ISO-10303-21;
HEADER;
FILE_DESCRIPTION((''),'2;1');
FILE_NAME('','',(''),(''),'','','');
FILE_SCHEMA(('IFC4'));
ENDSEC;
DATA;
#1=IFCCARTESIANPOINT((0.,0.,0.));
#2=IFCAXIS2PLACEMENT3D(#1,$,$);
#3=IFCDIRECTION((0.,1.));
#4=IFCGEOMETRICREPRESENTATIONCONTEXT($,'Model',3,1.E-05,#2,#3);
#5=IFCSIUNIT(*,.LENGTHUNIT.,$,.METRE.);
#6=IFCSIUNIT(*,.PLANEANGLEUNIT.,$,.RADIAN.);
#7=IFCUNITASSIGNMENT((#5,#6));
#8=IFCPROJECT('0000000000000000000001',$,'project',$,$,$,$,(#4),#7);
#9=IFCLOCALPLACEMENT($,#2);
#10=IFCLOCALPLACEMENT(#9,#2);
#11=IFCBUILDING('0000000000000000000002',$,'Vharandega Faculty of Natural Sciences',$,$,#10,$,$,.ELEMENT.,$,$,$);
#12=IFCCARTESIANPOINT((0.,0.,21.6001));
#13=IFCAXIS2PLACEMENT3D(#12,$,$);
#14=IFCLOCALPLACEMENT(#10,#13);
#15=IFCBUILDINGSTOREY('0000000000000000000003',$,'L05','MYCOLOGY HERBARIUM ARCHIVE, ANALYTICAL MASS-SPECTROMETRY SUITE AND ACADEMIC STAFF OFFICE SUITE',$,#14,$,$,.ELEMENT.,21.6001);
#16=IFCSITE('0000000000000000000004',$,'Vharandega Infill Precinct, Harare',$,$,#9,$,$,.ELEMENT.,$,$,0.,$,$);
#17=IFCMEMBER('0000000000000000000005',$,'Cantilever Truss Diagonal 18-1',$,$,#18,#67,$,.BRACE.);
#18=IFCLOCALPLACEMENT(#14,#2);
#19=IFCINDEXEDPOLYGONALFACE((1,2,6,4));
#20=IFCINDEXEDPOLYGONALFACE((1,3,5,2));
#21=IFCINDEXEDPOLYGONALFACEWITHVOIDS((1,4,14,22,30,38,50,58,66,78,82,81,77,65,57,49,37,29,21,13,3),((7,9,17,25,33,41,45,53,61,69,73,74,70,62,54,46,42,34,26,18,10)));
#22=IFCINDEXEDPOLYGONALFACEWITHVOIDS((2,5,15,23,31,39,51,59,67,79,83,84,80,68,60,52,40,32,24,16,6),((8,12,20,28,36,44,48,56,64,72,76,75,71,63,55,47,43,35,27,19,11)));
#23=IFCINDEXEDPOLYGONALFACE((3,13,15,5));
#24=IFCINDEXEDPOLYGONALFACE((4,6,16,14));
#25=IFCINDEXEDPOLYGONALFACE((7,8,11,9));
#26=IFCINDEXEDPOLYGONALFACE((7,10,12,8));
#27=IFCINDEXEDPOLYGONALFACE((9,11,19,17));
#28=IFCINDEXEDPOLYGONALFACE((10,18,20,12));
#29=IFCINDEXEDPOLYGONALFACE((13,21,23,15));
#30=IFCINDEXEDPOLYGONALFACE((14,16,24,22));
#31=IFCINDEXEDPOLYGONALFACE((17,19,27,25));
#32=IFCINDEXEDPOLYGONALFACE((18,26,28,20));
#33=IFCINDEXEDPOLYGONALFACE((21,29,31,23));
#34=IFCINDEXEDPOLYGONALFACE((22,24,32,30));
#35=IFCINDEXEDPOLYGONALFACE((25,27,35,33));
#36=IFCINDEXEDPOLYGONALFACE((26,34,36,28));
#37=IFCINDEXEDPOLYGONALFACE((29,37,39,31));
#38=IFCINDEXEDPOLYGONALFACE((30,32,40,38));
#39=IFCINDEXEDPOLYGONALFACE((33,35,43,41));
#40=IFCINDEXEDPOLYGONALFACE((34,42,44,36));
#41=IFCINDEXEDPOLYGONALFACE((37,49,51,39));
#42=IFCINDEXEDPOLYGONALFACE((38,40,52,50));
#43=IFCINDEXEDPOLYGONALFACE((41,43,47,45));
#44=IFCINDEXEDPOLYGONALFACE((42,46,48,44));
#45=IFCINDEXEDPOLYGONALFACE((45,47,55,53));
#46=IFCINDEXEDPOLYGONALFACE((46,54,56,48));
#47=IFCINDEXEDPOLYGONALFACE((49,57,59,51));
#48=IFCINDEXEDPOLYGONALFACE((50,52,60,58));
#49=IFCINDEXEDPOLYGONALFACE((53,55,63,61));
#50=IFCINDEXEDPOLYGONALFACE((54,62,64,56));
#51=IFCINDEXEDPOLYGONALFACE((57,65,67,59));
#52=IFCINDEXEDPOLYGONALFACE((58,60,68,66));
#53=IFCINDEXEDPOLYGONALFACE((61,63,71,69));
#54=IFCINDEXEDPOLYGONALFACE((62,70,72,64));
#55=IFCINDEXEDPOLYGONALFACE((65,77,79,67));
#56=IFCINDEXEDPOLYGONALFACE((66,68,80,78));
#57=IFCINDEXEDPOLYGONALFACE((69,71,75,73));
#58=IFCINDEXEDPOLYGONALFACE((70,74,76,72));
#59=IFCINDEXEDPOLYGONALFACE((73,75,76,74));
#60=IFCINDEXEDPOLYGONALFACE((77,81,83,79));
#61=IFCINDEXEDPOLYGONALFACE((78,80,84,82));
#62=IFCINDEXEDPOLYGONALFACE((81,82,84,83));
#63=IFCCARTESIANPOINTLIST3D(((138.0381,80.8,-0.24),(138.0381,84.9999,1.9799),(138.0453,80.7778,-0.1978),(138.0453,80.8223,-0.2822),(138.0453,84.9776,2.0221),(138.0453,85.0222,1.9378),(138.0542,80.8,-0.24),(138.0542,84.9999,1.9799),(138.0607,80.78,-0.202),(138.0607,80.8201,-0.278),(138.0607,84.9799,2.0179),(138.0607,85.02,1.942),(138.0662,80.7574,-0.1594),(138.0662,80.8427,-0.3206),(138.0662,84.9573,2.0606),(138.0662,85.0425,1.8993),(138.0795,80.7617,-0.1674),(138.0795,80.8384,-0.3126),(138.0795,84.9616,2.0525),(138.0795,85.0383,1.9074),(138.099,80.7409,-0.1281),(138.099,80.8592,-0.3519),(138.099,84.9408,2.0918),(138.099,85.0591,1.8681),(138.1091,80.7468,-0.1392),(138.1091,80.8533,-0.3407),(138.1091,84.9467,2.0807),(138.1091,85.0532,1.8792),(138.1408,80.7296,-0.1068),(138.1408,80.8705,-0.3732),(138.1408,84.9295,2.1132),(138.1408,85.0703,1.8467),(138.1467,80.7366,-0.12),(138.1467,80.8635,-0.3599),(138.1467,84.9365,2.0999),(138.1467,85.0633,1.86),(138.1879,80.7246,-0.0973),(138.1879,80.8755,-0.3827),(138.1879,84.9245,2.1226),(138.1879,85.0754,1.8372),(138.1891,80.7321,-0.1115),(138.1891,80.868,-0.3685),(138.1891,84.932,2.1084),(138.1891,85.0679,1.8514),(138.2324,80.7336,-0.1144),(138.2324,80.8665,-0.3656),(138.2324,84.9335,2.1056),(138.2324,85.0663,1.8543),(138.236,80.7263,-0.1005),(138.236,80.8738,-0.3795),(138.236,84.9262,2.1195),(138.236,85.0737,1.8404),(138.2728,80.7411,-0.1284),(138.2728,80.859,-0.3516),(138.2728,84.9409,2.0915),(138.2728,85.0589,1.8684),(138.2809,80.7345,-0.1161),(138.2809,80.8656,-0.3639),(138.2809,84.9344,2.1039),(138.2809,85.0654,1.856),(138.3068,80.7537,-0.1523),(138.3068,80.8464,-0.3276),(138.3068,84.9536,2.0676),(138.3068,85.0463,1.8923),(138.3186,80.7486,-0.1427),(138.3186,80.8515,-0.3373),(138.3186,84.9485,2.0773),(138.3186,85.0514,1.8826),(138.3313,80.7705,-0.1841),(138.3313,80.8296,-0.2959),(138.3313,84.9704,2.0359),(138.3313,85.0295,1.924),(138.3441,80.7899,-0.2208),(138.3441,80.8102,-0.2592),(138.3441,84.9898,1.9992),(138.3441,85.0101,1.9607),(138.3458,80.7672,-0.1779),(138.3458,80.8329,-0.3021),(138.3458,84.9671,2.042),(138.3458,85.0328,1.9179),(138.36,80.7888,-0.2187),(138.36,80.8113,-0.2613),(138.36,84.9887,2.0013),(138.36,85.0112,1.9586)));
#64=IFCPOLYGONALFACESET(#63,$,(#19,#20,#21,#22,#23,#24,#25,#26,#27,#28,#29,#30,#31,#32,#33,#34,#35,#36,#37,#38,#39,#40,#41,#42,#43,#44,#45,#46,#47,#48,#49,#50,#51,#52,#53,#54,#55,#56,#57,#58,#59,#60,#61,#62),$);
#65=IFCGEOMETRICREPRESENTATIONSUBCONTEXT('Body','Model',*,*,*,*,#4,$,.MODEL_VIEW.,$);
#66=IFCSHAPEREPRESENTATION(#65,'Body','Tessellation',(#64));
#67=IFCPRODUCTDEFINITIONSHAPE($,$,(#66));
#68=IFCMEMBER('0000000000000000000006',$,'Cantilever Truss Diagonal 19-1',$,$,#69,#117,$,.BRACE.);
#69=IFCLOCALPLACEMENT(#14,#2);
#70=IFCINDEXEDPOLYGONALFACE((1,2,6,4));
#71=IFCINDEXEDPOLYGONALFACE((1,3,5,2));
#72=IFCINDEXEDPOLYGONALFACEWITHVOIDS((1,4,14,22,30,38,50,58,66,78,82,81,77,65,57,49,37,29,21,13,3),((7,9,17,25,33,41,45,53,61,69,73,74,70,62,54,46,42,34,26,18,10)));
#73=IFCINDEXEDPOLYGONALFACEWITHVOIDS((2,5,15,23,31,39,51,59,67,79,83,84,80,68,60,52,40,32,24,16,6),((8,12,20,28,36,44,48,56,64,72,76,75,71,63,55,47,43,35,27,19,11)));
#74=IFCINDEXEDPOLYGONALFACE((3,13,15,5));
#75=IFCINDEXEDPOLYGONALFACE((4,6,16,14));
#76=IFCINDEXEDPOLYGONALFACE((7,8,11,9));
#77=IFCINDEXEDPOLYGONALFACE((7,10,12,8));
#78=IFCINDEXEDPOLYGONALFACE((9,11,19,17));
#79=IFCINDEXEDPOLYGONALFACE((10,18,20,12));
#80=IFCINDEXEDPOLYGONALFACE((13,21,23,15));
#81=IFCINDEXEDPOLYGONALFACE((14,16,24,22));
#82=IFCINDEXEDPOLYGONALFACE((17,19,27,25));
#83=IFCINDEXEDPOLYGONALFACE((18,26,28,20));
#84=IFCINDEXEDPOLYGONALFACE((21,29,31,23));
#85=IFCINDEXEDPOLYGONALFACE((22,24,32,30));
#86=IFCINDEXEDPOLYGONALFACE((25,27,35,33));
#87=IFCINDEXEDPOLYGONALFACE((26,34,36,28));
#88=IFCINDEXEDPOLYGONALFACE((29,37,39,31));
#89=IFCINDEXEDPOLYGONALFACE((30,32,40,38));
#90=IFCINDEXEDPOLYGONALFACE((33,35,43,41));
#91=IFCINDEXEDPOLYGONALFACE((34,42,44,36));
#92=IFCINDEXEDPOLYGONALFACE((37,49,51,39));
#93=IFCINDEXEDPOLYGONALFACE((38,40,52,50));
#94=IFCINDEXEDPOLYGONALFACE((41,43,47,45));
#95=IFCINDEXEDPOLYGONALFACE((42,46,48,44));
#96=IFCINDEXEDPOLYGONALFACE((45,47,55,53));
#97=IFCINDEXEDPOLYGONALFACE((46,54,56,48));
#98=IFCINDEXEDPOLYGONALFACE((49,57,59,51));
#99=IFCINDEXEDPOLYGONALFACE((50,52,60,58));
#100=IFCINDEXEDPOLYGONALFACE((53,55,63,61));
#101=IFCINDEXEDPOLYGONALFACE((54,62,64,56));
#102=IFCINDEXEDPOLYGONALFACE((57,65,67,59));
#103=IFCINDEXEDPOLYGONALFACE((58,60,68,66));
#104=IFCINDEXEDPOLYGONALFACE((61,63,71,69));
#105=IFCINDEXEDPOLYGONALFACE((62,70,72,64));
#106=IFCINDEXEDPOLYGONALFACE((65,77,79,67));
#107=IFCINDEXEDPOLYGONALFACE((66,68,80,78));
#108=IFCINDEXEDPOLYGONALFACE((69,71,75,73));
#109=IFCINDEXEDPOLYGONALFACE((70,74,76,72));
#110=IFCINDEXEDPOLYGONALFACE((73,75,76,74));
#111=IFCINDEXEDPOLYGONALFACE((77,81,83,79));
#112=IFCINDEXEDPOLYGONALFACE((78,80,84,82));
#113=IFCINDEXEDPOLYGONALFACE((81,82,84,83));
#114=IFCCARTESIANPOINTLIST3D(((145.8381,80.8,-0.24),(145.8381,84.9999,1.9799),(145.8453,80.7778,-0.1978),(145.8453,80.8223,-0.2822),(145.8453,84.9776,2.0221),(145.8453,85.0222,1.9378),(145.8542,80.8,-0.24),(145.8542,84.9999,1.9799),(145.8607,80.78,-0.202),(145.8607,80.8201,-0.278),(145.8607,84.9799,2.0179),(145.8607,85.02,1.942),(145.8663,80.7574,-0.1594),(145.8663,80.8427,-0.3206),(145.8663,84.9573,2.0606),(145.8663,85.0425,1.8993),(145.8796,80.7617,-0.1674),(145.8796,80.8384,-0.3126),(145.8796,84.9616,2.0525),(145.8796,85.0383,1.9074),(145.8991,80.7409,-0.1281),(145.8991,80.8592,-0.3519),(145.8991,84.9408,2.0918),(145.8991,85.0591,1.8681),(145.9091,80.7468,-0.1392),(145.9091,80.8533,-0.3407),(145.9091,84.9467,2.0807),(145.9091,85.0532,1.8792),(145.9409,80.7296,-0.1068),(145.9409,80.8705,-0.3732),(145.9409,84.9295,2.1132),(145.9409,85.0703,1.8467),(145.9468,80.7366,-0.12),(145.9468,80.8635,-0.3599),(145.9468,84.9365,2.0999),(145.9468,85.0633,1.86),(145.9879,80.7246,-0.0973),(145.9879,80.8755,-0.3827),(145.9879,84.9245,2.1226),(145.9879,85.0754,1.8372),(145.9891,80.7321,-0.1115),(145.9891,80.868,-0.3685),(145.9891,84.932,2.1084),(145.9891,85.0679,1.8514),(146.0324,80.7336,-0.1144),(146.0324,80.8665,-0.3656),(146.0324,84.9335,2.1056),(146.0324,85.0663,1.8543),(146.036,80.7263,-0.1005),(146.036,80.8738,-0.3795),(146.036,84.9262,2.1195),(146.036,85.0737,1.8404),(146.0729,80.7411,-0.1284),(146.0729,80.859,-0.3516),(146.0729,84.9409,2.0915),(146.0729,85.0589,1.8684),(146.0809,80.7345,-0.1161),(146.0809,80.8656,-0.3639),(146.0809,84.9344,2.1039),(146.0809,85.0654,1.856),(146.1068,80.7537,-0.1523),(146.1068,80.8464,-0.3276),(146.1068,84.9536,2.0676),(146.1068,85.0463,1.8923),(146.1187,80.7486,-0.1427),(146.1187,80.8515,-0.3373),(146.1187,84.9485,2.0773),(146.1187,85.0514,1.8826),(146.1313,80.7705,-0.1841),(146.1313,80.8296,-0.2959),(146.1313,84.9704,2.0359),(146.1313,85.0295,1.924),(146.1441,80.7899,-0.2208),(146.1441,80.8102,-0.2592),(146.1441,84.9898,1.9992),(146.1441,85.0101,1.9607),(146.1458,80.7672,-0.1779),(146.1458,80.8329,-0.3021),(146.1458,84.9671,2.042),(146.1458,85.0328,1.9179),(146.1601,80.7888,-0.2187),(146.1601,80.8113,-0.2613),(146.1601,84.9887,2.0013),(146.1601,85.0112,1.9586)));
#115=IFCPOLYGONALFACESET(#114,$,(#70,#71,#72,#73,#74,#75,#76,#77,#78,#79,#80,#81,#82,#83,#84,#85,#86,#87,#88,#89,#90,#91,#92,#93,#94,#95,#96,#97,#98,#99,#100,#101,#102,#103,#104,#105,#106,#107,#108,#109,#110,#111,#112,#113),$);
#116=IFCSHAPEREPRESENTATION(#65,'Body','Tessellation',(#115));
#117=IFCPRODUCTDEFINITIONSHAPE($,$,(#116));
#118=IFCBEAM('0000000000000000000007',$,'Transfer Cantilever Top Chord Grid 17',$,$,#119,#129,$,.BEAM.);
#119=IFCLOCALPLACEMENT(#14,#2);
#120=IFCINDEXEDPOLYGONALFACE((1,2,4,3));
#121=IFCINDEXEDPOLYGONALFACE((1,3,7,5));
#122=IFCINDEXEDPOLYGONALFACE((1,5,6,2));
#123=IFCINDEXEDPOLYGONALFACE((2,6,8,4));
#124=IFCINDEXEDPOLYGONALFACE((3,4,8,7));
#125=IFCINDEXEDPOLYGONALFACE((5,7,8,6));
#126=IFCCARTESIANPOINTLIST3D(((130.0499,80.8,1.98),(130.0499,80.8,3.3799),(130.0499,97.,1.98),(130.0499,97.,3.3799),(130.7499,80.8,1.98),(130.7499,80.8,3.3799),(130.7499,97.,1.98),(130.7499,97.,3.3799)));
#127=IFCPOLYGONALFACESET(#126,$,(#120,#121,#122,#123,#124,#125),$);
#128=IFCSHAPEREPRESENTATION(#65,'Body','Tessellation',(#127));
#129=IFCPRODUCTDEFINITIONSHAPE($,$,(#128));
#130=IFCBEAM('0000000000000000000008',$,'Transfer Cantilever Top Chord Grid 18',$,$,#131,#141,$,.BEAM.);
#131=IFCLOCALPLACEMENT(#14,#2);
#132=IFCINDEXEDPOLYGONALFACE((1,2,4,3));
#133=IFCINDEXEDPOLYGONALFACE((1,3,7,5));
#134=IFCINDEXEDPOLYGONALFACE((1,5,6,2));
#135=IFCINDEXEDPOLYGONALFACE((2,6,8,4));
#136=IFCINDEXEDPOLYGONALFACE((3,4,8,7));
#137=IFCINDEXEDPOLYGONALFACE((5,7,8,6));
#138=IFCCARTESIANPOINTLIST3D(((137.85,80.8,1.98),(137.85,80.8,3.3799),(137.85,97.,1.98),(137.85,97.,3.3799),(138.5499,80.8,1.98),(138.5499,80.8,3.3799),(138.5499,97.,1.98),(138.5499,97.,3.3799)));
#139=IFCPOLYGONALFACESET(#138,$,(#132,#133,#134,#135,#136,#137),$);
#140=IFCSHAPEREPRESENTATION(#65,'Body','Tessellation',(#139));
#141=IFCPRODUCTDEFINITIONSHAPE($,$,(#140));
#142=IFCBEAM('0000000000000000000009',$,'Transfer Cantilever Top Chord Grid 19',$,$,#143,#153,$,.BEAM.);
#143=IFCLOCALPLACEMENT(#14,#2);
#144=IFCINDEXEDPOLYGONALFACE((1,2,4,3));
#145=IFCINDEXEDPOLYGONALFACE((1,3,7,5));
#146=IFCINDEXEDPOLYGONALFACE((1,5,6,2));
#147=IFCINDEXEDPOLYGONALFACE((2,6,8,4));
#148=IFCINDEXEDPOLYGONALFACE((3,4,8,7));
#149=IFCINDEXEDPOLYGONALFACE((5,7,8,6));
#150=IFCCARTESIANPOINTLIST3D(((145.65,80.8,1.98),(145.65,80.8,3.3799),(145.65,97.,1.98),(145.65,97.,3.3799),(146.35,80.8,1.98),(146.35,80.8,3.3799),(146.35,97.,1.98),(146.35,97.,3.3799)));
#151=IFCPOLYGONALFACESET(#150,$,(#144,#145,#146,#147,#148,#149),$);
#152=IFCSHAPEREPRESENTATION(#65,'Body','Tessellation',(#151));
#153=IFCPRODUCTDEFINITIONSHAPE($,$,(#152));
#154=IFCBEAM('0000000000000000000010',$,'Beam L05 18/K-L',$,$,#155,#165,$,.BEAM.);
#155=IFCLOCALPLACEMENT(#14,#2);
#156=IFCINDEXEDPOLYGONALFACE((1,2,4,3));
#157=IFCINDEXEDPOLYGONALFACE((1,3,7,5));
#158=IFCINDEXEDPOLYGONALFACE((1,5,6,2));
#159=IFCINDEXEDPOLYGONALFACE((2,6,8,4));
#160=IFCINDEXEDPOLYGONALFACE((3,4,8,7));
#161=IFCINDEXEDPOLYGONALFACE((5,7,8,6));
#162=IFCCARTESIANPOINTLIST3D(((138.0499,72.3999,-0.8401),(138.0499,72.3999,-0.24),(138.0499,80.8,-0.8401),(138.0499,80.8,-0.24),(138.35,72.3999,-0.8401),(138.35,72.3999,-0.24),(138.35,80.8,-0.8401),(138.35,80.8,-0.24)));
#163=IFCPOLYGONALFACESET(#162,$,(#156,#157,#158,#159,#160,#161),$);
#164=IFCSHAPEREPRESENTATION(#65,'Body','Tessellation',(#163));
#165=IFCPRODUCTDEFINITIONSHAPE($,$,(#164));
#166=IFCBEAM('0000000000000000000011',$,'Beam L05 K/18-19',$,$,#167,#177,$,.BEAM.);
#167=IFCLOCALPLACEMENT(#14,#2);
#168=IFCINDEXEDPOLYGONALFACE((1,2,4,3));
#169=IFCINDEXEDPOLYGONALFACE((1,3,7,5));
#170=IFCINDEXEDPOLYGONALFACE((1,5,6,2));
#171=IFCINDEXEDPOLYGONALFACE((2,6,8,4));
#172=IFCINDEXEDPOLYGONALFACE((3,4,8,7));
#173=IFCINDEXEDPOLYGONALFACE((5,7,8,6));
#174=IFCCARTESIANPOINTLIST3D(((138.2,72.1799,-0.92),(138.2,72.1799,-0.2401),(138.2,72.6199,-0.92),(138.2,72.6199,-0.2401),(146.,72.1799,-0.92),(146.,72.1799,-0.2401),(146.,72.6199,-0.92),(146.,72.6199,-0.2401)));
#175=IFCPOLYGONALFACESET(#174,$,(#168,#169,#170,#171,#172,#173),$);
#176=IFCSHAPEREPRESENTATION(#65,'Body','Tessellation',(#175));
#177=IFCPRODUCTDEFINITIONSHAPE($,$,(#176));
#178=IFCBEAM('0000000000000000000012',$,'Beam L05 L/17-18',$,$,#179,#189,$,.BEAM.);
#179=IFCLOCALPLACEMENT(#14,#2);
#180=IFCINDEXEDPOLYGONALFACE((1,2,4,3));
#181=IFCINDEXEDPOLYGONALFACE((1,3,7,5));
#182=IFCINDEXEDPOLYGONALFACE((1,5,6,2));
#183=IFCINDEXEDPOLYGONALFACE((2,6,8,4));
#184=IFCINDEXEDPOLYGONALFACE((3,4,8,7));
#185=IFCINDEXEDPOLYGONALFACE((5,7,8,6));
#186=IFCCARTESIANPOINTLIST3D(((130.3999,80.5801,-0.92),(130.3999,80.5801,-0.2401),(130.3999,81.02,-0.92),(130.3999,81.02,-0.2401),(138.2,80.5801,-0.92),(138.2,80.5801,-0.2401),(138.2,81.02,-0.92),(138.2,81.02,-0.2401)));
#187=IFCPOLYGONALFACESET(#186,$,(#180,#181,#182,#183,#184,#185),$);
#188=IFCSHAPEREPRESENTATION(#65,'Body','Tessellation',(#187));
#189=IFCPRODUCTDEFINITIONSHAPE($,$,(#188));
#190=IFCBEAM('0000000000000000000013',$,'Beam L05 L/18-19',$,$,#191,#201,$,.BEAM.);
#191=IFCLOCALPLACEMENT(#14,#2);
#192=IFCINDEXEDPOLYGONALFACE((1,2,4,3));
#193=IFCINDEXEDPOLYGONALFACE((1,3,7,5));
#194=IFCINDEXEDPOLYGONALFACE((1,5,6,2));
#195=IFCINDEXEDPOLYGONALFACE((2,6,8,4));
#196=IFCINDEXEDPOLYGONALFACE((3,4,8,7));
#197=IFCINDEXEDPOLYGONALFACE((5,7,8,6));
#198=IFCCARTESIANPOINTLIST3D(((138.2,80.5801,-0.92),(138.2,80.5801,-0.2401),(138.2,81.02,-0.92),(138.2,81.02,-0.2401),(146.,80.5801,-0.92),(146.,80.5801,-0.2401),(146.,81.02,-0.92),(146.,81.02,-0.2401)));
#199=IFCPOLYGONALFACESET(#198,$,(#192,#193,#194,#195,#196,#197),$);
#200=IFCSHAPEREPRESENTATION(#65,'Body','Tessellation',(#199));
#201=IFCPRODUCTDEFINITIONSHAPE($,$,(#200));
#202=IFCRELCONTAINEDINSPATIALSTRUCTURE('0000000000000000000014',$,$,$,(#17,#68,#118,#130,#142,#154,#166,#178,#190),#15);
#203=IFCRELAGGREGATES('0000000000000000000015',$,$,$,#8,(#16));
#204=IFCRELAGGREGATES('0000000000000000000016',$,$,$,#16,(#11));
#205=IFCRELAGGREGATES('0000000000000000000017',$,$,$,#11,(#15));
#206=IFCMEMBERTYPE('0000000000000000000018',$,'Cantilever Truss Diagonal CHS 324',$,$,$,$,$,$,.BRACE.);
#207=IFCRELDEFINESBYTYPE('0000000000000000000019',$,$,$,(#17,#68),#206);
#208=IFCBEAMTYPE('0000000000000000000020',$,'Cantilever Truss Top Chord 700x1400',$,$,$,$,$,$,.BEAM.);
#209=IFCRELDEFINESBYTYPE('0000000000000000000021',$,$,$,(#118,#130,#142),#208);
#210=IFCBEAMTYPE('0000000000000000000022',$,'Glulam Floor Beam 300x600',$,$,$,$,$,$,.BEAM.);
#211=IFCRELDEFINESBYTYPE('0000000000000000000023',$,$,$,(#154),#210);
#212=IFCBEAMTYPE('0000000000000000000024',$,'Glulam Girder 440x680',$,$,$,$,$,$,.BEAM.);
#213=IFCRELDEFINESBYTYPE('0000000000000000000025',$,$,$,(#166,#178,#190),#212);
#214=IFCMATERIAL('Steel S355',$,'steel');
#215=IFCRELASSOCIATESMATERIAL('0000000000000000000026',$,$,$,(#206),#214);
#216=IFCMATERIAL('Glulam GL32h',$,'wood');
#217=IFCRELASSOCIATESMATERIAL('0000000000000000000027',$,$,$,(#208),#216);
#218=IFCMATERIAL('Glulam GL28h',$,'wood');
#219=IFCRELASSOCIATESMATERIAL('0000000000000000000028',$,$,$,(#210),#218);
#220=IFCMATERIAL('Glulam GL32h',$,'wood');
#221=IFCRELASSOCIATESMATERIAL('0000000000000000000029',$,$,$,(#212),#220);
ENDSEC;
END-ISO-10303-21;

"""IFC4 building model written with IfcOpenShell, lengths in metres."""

from ifc_helpers import new_model, si_unit, direction, frame, origin, origin_2d, place, context, subcontext, project, spatial, rectangle, hollow_circle, extrude, material, material_profile, profile_set, type_object, element, save


model = new_model("IFC4")

# Units and contexts
model_context = context("Model", 3, precision=1e-05, world=origin(), true_north=direction((0.0, 1.0)))
body_context = subcontext(model_context, "Body", "Model", "MODEL_VIEW")
ifc_project = project(units=[si_unit("LENGTHUNIT", "METRE"), si_unit("PLANEANGLEUNIT", "RADIAN")], contexts=[model_context])

# Site, building, storey
site_placement = place(None, origin())
site = spatial("IfcSite", under=ifc_project, at=site_placement, Name="Vharandega Infill Precinct, Harare", CompositionType="ELEMENT", RefElevation=0.0)
building_placement = place(site_placement, origin())
building = spatial("IfcBuilding", under=site, at=building_placement, Name="Vharandega Faculty of Natural Sciences", CompositionType="ELEMENT")
storey_placement = place(building_placement, frame((0.0, 0.0, 21.6001)))
storey = spatial("IfcBuildingStorey", under=building, at=storey_placement, Name="L05", Description="MYCOLOGY HERBARIUM ARCHIVE, ANALYTICAL MASS-SPECTROMETRY SUITE AND ACADEMIC STAFF OFFICE SUITE", CompositionType="ELEMENT", Elevation=21.6001)

# Members
ifc_material_1 = material(Name="Steel S355", Category="steel")
ifc_material_profile_1 = material_profile(ifc_material_1, hollow_circle(Radius=0.1619, WallThickness=0.0161, at=origin_2d()), Name="CHS 323.9x16")
ifc_profile_set_1 = profile_set([ifc_material_profile_1], Name="Steel S355")
member_type = type_object("IfcMemberType", Name="Cantilever Truss Diagonal CHS 324", PredefinedType="BRACE", material=ifc_profile_set_1)
for number, where, z_axis, x_axis, name in (
    (1, (138.2, 80.8, -0.24), (0.0, 0.884095, 0.467307), (-1.0, 0.0, 0.0), "Cantilever Truss Diagonal 18-1"),
    (2, (146.0, 80.8, -0.24), (0.0, 0.884095, 0.467307), (-1.0, 0.0, 0.0), "Cantilever Truss Diagonal 19-1"),
):
    element("IfcMember", number, at=place(storey_placement, frame(where, z_axis=z_axis, x_axis=x_axis)), inside=storey, type_object=member_type, Name=name, PredefinedType="BRACE", context=body_context, shape_type="SweptSolid", body=[
        extrude(hollow_circle(Radius=0.1619, WallThickness=0.0161, at=origin_2d()), origin(), (0.0, 0.0, 1.0), 4.7505),
    ])

# Beams
ifc_material_2 = material(Name="Glulam GL32h", Category="wood")
ifc_material_profile_2 = material_profile(ifc_material_2, rectangle(XDim=0.7, YDim=1.3999, at=origin_2d()), Name="GL32h 700x1400")
ifc_profile_set_2 = profile_set([ifc_material_profile_2], Name="Glulam GL32h")
beam_type_1 = type_object("IfcBeamType", Name="Cantilever Truss Top Chord 700x1400", PredefinedType="BEAM", material=ifc_profile_set_2)
for number, where, z_axis, x_axis, name in (
    (3, (130.3999, 80.8, 2.6799), (0.0, 1.0, 0.0), (-1.0, 0.0, 0.0), "Transfer Cantilever Top Chord Grid 17"),
    (4, (138.2, 80.8, 2.6799), (0.0, 1.0, 0.0), (-1.0, 0.0, 0.0), "Transfer Cantilever Top Chord Grid 18"),
    (5, (146.0, 80.8, 2.6799), (0.0, 1.0, 0.0), (-1.0, 0.0, 0.0), "Transfer Cantilever Top Chord Grid 19"),
):
    element("IfcBeam", number, at=place(storey_placement, frame(where, z_axis=z_axis, x_axis=x_axis)), inside=storey, type_object=beam_type_1, Name=name, PredefinedType="BEAM", context=body_context, shape_type="SweptSolid", body=[
        extrude(rectangle(XDim=0.7, YDim=1.3999, at=origin_2d()), origin(), (0.0, 0.0, 1.0), 16.2),
    ])
ifc_material_3 = material(Name="Glulam GL28h", Category="wood")
ifc_material_profile_3 = material_profile(ifc_material_3, rectangle(XDim=0.3, YDim=0.6001, at=origin_2d()), Name="GL28h 300x600")
ifc_profile_set_3 = profile_set([ifc_material_profile_3], Name="Glulam GL28h")
beam_type_2 = type_object("IfcBeamType", Name="Glulam Floor Beam 300x600", PredefinedType="BEAM", material=ifc_profile_set_3)
beam_placement = place(storey_placement, frame((138.2, 72.3999, -0.54), z_axis=(0.0, 1.0, 0.0), x_axis=(-1.0, 0.0, 0.0)))
element("IfcBeam", 6, at=beam_placement, inside=storey, type_object=beam_type_2, Name="Beam L05 18/K-L", PredefinedType="BEAM", context=body_context, shape_type="SweptSolid", body=[
    extrude(rectangle(XDim=0.3, YDim=0.6001, at=origin_2d()), origin(), (0.0, 0.0, 1.0), 8.4001),
])
ifc_material_4 = material(Name="Glulam GL32h", Category="wood")
ifc_material_profile_4 = material_profile(ifc_material_4, rectangle(XDim=0.4399, YDim=0.6799, at=origin_2d()), Name="GL32h 440x680")
ifc_profile_set_4 = profile_set([ifc_material_profile_4], Name="Glulam GL32h")
beam_type_3 = type_object("IfcBeamType", Name="Glulam Girder 440x680", PredefinedType="BEAM", material=ifc_profile_set_4)
for number, where, z_axis, x_axis, name in (
    (7, (138.2, 72.3999, -0.5801), (1.0, 0.0, 0.0), (0.0, 1.0, 0.0), "Beam L05 K/18-19"),
    (8, (130.3999, 80.8, -0.5801), (1.0, 0.0, 0.0), (0.0, 1.0, 0.0), "Beam L05 L/17-18"),
    (9, (138.2, 80.8, -0.5801), (1.0, 0.0, 0.0), (0.0, 1.0, 0.0), "Beam L05 L/18-19"),
):
    element("IfcBeam", number, at=place(storey_placement, frame(where, z_axis=z_axis, x_axis=x_axis)), inside=storey, type_object=beam_type_3, Name=name, PredefinedType="BEAM", context=body_context, shape_type="SweptSolid", body=[
        extrude(rectangle(XDim=0.4399, YDim=0.6799, at=origin_2d()), origin(), (0.0, 0.0, 1.0), 7.8),
    ])

save(model, "model.ifc")
